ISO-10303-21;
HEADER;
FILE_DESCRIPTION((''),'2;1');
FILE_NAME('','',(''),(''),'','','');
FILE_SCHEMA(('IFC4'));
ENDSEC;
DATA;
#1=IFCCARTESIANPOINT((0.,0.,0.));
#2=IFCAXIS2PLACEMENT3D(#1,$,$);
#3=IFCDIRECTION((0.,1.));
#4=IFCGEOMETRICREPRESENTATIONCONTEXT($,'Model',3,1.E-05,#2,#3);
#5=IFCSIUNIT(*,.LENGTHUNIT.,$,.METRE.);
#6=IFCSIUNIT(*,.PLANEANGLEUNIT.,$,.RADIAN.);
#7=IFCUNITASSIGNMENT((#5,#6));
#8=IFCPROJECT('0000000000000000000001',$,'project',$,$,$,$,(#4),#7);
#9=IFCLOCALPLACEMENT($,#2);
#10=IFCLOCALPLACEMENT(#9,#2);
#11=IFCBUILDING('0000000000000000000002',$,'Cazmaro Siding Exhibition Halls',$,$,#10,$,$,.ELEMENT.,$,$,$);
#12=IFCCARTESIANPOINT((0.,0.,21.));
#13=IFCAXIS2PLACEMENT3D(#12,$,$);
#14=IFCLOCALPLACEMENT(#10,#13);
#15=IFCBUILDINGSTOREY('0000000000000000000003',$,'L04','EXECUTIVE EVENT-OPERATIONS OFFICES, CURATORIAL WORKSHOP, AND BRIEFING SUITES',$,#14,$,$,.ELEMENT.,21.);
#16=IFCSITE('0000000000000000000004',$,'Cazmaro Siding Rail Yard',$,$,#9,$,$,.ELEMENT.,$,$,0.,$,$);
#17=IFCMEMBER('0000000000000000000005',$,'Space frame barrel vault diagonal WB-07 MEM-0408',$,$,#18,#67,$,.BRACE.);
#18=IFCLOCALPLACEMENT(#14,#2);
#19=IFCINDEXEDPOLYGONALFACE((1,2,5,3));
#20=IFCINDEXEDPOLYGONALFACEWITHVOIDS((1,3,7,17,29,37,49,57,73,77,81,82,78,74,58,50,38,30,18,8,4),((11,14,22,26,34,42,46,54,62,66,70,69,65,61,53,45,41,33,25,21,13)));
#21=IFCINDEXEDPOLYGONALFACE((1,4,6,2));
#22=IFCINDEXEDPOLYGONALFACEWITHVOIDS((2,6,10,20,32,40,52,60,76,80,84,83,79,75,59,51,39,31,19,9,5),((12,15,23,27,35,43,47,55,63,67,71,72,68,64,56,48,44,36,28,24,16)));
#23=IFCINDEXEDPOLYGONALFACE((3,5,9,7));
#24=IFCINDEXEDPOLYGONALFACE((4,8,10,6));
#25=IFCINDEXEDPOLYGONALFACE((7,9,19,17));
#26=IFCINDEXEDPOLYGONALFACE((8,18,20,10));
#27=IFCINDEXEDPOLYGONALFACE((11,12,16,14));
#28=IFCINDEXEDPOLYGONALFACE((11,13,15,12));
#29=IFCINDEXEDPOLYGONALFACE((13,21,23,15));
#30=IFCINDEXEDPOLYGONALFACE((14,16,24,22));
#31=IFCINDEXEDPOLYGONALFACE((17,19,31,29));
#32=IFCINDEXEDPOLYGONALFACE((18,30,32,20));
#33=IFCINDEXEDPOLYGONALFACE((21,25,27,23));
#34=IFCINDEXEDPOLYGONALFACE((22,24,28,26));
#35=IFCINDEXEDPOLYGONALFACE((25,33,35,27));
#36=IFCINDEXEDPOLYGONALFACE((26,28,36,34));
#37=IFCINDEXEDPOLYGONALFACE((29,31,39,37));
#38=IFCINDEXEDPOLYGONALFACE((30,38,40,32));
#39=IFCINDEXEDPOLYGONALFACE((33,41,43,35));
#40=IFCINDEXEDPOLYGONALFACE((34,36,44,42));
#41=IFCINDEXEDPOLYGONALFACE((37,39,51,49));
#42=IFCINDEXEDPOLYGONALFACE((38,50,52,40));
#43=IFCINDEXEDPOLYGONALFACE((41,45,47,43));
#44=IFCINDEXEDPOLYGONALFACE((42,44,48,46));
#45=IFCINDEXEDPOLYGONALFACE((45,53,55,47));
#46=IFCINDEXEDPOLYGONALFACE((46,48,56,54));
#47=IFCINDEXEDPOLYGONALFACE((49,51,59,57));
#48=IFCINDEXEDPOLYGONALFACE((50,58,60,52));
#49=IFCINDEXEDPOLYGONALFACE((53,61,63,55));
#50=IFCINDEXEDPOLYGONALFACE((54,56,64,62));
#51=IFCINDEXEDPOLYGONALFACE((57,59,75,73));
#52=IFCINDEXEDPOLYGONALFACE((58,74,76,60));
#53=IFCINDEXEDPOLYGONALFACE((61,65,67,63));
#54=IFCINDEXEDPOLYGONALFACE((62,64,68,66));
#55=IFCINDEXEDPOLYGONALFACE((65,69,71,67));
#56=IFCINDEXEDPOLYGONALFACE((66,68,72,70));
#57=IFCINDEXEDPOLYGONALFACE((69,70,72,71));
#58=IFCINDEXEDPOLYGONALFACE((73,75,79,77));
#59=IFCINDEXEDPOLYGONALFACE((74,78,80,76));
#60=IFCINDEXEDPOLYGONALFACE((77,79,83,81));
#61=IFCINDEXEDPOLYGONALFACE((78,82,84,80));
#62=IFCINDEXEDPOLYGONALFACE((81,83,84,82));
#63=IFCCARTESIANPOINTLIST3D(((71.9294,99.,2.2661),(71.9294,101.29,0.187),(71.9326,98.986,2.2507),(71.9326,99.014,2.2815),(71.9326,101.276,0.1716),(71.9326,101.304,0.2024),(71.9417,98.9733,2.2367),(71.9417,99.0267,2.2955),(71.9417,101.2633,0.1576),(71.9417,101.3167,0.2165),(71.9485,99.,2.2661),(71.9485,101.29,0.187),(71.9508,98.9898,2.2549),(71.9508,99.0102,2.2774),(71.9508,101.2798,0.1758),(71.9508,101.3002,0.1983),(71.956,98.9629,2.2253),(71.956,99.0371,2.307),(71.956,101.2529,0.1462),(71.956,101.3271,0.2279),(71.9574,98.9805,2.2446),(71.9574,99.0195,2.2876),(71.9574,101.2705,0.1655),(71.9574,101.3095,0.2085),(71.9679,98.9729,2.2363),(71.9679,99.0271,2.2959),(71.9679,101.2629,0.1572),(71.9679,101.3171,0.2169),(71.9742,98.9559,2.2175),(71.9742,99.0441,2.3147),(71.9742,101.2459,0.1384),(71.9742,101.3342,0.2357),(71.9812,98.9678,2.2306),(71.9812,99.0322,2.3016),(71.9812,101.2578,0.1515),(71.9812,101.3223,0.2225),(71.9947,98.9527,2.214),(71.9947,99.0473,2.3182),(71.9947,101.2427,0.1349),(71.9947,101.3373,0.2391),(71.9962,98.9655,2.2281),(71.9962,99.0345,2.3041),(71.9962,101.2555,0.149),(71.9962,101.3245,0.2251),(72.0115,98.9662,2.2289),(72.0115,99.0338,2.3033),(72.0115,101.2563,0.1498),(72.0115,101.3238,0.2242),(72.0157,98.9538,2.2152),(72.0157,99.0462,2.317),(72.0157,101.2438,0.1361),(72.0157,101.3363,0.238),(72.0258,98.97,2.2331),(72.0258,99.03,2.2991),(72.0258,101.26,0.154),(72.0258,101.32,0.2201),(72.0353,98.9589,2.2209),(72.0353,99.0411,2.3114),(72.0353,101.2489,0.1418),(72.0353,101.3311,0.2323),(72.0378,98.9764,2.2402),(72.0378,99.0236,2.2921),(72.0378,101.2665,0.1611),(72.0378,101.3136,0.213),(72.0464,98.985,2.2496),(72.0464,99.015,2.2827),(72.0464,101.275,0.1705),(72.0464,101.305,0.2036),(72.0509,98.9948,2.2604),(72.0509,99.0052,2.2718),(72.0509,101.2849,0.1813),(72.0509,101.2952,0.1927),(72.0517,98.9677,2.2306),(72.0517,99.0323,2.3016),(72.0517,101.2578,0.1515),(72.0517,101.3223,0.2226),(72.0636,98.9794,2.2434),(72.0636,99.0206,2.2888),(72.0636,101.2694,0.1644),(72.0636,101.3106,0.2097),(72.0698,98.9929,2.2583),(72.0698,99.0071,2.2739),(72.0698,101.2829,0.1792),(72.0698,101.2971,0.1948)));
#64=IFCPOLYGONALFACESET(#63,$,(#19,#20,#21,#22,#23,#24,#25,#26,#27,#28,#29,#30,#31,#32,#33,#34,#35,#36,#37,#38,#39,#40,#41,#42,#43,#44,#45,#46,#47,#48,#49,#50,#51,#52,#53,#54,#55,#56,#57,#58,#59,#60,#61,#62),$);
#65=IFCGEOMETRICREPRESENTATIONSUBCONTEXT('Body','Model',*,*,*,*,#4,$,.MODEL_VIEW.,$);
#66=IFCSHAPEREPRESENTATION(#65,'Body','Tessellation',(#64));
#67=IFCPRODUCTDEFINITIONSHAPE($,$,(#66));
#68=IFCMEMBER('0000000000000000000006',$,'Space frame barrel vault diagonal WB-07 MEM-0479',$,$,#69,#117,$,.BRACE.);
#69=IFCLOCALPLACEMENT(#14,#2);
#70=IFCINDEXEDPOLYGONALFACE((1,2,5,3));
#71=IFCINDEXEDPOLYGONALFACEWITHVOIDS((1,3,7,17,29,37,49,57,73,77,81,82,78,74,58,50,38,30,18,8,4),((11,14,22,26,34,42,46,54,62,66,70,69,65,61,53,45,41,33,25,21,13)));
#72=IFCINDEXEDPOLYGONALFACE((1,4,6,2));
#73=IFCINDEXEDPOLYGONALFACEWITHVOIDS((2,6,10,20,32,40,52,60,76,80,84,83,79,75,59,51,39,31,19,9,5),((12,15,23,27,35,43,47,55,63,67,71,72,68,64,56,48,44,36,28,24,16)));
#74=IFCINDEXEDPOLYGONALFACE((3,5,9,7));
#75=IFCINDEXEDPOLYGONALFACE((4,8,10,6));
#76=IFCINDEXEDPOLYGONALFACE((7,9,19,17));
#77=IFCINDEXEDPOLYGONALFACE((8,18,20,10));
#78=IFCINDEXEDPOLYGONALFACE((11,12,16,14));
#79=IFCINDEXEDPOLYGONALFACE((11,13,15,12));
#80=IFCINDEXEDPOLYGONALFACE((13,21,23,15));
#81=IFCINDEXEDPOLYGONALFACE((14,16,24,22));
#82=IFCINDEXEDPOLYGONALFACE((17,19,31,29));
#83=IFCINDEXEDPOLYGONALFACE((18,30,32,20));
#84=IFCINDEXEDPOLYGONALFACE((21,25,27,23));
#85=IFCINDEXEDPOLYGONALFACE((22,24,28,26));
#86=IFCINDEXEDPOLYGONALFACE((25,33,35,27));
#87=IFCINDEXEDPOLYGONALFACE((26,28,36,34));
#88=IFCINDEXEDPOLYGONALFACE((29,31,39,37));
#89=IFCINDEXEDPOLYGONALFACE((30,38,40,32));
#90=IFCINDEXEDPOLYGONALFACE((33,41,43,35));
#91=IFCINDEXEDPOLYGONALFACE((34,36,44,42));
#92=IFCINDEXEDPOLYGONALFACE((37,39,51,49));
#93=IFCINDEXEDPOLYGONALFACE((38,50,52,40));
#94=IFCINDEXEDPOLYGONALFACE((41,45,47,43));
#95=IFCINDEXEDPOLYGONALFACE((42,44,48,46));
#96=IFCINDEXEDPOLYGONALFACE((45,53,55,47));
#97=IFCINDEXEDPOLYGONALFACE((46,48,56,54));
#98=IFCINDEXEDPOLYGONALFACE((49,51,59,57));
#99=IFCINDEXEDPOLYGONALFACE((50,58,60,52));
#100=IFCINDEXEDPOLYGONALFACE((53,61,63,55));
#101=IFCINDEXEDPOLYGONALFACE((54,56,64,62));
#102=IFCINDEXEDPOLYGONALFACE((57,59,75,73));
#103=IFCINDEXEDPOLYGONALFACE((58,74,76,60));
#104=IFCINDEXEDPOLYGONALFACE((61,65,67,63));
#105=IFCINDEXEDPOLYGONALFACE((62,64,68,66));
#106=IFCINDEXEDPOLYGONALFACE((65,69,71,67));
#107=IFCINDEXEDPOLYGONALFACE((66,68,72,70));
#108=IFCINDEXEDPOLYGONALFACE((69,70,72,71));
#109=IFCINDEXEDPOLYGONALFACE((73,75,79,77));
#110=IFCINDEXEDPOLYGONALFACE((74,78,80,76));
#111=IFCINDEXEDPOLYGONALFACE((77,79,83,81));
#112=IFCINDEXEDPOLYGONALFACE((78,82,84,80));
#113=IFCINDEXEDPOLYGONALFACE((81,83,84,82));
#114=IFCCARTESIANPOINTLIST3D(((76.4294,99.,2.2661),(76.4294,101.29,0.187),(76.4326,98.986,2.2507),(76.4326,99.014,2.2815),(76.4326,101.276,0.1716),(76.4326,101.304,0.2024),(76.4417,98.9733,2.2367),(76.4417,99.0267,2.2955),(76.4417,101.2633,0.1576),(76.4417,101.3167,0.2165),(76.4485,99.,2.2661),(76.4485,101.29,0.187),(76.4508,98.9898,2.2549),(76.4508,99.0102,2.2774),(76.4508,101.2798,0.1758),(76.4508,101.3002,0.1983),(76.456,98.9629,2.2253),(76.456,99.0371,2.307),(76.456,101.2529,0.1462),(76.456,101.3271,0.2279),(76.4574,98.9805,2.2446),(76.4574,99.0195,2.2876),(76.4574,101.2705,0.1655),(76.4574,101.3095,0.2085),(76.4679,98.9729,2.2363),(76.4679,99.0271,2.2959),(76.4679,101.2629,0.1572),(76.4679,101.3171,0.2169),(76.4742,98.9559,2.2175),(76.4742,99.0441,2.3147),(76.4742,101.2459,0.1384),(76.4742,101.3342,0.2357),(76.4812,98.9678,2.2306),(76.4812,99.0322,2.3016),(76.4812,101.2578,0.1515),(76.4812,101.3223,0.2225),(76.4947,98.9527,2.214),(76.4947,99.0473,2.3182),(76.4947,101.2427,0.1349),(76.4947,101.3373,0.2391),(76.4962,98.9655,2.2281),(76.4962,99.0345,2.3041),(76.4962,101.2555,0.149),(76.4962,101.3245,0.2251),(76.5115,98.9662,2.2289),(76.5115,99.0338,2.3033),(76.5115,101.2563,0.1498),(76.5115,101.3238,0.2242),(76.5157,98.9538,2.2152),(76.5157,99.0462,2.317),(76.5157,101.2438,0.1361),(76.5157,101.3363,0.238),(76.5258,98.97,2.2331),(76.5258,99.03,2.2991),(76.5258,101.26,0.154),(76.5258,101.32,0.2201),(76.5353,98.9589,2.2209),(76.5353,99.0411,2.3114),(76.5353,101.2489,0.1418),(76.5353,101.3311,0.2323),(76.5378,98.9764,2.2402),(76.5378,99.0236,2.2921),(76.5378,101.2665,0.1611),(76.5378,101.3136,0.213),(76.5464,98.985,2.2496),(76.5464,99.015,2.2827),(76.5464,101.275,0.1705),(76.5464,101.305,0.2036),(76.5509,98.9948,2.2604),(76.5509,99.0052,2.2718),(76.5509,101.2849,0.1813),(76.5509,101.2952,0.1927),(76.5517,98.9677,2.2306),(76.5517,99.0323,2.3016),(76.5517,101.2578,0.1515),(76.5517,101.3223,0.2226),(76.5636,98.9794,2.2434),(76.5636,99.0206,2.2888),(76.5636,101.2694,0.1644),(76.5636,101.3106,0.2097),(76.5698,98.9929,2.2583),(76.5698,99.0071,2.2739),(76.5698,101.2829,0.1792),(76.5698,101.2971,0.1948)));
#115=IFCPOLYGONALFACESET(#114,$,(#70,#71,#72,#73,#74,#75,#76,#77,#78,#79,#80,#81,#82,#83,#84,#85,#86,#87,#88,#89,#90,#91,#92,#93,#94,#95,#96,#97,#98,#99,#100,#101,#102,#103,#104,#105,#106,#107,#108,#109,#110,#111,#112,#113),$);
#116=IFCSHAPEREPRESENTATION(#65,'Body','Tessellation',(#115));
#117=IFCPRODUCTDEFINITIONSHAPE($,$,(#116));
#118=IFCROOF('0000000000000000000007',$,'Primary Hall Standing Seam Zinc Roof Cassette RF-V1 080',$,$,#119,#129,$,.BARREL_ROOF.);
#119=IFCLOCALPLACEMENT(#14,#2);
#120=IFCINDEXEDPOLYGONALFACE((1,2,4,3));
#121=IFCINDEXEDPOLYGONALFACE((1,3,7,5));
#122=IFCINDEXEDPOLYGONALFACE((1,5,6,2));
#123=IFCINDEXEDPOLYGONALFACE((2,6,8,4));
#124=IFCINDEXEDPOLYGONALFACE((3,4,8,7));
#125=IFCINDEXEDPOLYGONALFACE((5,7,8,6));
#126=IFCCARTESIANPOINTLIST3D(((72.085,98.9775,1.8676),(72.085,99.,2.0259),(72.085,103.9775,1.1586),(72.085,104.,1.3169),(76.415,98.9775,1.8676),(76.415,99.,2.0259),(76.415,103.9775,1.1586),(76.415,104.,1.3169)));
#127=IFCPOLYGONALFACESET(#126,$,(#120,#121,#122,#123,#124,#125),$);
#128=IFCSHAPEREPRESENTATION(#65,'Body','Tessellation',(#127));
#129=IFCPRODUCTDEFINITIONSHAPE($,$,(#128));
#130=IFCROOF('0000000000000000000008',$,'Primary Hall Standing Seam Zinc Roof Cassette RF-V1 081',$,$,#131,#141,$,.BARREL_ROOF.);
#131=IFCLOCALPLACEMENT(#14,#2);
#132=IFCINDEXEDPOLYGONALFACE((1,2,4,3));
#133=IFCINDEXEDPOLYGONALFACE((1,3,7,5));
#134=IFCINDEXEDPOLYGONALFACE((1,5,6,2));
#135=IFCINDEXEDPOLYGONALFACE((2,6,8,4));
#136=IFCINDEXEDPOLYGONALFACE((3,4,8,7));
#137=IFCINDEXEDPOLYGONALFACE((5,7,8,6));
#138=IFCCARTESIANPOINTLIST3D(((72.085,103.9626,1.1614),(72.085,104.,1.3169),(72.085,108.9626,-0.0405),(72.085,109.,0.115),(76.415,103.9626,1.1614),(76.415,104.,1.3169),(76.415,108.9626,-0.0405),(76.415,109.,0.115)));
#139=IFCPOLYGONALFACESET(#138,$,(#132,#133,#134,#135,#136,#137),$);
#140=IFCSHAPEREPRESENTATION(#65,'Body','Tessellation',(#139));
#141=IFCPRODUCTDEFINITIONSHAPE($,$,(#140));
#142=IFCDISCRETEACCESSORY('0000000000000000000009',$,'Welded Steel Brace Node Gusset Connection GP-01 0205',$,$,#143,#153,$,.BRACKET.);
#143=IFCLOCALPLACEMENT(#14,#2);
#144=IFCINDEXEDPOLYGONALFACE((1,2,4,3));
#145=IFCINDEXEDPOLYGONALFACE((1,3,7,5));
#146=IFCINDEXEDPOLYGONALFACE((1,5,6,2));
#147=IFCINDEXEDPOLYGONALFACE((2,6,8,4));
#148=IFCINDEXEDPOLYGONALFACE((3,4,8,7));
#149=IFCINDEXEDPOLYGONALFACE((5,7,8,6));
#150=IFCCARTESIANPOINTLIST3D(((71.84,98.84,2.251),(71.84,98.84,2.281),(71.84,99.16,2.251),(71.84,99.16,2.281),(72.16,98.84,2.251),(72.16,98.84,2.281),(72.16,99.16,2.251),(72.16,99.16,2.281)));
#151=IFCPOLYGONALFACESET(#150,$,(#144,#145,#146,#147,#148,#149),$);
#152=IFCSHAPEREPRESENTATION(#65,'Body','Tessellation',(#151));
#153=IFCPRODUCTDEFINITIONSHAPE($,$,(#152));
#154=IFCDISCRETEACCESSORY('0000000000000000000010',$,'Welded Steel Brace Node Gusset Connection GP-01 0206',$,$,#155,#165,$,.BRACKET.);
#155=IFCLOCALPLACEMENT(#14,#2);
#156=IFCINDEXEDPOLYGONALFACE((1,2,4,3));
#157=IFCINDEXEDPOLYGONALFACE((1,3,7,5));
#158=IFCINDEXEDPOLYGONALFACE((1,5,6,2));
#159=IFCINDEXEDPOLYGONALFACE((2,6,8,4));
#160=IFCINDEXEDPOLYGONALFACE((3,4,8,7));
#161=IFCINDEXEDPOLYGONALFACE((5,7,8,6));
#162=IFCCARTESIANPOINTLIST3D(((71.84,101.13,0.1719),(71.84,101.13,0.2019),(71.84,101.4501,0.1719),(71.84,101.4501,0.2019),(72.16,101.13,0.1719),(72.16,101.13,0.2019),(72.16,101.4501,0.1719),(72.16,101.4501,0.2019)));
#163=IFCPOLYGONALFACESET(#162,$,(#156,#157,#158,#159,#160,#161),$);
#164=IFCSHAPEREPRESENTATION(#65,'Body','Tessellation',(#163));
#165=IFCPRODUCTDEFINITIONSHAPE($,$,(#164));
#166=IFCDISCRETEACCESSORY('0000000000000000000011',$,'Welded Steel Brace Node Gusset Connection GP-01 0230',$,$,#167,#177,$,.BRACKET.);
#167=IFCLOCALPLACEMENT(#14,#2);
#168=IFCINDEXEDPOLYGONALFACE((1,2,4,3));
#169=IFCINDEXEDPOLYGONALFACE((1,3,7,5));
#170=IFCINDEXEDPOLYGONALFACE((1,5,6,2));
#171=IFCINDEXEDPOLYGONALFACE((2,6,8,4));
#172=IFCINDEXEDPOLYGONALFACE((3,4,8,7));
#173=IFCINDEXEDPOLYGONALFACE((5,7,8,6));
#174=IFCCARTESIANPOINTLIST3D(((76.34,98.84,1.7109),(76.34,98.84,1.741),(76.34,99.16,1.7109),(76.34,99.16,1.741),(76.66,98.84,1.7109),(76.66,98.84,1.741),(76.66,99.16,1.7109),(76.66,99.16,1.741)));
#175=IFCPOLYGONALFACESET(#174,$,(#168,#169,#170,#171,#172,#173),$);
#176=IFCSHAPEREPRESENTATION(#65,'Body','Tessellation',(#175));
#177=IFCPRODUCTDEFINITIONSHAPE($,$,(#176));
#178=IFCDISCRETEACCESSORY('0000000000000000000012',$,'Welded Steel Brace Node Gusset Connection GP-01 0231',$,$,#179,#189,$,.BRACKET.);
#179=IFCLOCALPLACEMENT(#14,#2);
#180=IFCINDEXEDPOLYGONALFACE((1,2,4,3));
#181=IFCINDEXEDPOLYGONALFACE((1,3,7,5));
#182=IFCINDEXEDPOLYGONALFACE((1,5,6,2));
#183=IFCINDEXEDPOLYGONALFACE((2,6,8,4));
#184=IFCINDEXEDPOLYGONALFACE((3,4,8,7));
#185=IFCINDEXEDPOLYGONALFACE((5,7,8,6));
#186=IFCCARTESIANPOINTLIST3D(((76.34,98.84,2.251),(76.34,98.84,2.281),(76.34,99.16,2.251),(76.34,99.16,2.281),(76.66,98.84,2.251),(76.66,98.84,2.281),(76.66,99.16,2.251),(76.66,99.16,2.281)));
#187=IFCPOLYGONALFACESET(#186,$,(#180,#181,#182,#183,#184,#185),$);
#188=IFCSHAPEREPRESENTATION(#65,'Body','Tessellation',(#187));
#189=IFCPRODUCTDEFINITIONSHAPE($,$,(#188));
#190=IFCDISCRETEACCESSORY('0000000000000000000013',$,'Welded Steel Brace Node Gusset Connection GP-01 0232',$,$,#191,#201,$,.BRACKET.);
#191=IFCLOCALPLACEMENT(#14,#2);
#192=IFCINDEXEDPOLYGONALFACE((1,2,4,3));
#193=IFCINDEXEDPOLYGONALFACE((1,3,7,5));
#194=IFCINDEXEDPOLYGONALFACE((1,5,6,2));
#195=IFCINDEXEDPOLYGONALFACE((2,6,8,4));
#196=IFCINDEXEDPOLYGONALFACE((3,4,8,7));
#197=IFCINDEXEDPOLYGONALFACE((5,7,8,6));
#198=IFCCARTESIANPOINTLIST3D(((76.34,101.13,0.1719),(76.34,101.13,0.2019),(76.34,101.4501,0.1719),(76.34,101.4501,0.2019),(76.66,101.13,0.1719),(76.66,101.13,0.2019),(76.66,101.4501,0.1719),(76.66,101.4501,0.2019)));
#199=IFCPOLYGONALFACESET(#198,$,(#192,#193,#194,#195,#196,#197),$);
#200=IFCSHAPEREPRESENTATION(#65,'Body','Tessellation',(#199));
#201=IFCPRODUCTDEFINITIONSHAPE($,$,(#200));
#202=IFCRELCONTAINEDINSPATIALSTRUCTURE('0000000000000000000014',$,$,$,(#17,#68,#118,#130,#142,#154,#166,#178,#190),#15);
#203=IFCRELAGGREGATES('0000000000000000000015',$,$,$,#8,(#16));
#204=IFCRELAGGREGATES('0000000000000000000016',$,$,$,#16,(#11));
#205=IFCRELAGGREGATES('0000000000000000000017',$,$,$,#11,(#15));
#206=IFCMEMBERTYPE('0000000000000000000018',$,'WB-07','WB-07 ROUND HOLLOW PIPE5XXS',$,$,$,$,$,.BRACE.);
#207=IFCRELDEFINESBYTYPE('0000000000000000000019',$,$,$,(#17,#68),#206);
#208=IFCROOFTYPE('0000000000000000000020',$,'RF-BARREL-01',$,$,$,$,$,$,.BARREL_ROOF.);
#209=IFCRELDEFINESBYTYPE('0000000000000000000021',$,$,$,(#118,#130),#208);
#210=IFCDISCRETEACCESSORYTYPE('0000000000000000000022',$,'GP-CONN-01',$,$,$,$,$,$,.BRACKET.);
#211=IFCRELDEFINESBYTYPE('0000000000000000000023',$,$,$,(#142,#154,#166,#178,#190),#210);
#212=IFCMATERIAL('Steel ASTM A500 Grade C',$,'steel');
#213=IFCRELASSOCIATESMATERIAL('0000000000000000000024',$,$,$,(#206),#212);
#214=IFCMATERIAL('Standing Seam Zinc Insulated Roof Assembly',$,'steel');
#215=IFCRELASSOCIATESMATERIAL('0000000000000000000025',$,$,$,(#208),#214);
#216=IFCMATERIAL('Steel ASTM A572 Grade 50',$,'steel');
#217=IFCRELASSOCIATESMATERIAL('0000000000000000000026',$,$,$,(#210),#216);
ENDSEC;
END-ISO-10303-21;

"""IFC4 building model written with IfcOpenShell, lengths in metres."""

from ifc_helpers import new_model, si_unit, direction, frame, origin, origin_2d, place, context, subcontext, project, spatial, polyline, rectangle, hollow_circle, outline, extrude, material, material_profile, profile_set, type_object, element, save


model = new_model("IFC4")

# Units and contexts
model_context = context("Model", 3, precision=1e-05, world=origin(), true_north=direction((0.0, 1.0)))
body_context = subcontext(model_context, "Body", "Model", "MODEL_VIEW")
ifc_project = project(units=[si_unit("LENGTHUNIT", "METRE"), si_unit("PLANEANGLEUNIT", "RADIAN")], contexts=[model_context])

# Site, building, storey
site_placement = place(None, origin())
site = spatial("IfcSite", under=ifc_project, at=site_placement, Name="Cazmaro Siding Rail Yard", CompositionType="ELEMENT", RefElevation=0.0)
building_placement = place(site_placement, origin())
building = spatial("IfcBuilding", under=site, at=building_placement, Name="Cazmaro Siding Exhibition Halls", CompositionType="ELEMENT")
storey_placement = place(building_placement, frame((0.0, 0.0, 21.0)))
storey = spatial("IfcBuildingStorey", under=building, at=storey_placement, Name="L04", Description="EXECUTIVE EVENT-OPERATIONS OFFICES, CURATORIAL WORKSHOP, AND BRIEFING SUITES", CompositionType="ELEMENT", Elevation=21.0)

# Members
ifc_material_1 = material(Name="Steel ASTM A500 Grade C", Category="steel")
ifc_material_profile_1 = material_profile(ifc_material_1, hollow_circle(Radius=0.0706, WallThickness=0.019, at=origin_2d()), Name="PIPE5XXS")
ifc_profile_set_1 = profile_set([ifc_material_profile_1], Name="Steel ASTM A500 Grade C")
member_type_1 = type_object("IfcMemberType", Name="WB-07", Description="WB-07 ROUND HOLLOW PIPE5XXS", PredefinedType="BRACE", material=ifc_profile_set_1)
for number, where, z_axis, x_axis, name in (
    (1, (72.0, 99.0, 2.2661), (0.0, 0.740383, -0.672185), (-1.0, 0.0, 0.0), "Space frame barrel vault diagonal WB-07 MEM-0408"),
    (2, (76.5, 99.0, 2.2661), (0.0, 0.740383, -0.672185), (-1.0, 0.0, 0.0), "Space frame barrel vault diagonal WB-07 MEM-0479"),
):
    element("IfcMember", number, at=place(storey_placement, frame(where, z_axis=z_axis, x_axis=x_axis)), inside=storey, type_object=member_type_1, Name=name, PredefinedType="BRACE", context=body_context, shape_type="SweptSolid", body=[
        extrude(hollow_circle(Radius=0.0706, WallThickness=0.019, at=origin_2d()), origin(), (0.0, 0.0, 1.0), 3.093),
    ])

# Roofs
ifc_material_2 = material(Name="Standing Seam Zinc Insulated Roof Assembly", Category="steel")
roof_type = type_object("IfcRoofType", Name="RF-BARREL-01", PredefinedType="BARREL_ROOF", material=ifc_material_2)
roof_1_placement = place(storey_placement, frame((72.085, 99.0, 2.0259), z_axis=(0.0, 0.140393, 0.990096), x_axis=(1.0, 0.0, 0.0)))
element("IfcRoof", 3, at=roof_1_placement, inside=storey, type_object=roof_type, Name="Primary Hall Standing Seam Zinc Roof Cassette RF-V1 080", PredefinedType="BARREL_ROOF", context=body_context, shape_type="SweptSolid", body=[
    extrude(outline(polyline([(0.0, 0.0), (4.3301, 0.0), (4.3301, 5.05), (0.0, 5.05), (0.0, 0.0)])), origin(), (0.0, 0.0, -1.0), 0.1599),
])
roof_2_placement = place(storey_placement, frame((72.085, 104.0, 1.3169), z_axis=(0.0, 0.233723, 0.972303), x_axis=(1.0, 0.0, 0.0)))
element("IfcRoof", 4, at=roof_2_placement, inside=storey, type_object=roof_type, Name="Primary Hall Standing Seam Zinc Roof Cassette RF-V1 081", PredefinedType="BARREL_ROOF", context=body_context, shape_type="SweptSolid", body=[
    extrude(outline(polyline([(0.0, 0.0), (4.3301, 0.0), (4.3301, 5.1424), (0.0, 5.1424), (0.0, 0.0)])), origin(), (0.0, 0.0, -1.0), 0.1599),
])

# Discrete accessories
ifc_material_3 = material(Name="Steel ASTM A572 Grade 50", Category="steel")
discrete_accessory_type = type_object("IfcDiscreteAccessoryType", Name="GP-CONN-01", PredefinedType="BRACKET", material=ifc_material_3)
for number, where, z_axis, x_axis, name in (
    (5, (72.0, 99.0, 2.251), (0.0, 0.0, 1.0), (1.0, 0.0, 0.0), "Welded Steel Brace Node Gusset Connection GP-01 0205"),
    (6, (72.0, 101.29, 0.1719), (0.0, 0.0, 1.0), (1.0, 0.0, 0.0), "Welded Steel Brace Node Gusset Connection GP-01 0206"),
    (7, (76.5, 99.0, 1.7109), (0.0, 0.0, 1.0), (1.0, 0.0, 0.0), "Welded Steel Brace Node Gusset Connection GP-01 0230"),
    (8, (76.5, 99.0, 2.251), (0.0, 0.0, 1.0), (1.0, 0.0, 0.0), "Welded Steel Brace Node Gusset Connection GP-01 0231"),
    (9, (76.5, 101.29, 0.1719), (0.0, 0.0, 1.0), (1.0, 0.0, 0.0), "Welded Steel Brace Node Gusset Connection GP-01 0232"),
):
    element("IfcDiscreteAccessory", number, at=place(storey_placement, frame(where, z_axis=z_axis, x_axis=x_axis)), inside=storey, type_object=discrete_accessory_type, Name=name, PredefinedType="BRACKET", context=body_context, shape_type="SweptSolid", body=[
        extrude(rectangle(XDim=0.3201, YDim=0.3201, at=origin_2d()), origin(), (0.0, 0.0, 1.0), 0.03),
    ])

save(model, "model.ifc")
